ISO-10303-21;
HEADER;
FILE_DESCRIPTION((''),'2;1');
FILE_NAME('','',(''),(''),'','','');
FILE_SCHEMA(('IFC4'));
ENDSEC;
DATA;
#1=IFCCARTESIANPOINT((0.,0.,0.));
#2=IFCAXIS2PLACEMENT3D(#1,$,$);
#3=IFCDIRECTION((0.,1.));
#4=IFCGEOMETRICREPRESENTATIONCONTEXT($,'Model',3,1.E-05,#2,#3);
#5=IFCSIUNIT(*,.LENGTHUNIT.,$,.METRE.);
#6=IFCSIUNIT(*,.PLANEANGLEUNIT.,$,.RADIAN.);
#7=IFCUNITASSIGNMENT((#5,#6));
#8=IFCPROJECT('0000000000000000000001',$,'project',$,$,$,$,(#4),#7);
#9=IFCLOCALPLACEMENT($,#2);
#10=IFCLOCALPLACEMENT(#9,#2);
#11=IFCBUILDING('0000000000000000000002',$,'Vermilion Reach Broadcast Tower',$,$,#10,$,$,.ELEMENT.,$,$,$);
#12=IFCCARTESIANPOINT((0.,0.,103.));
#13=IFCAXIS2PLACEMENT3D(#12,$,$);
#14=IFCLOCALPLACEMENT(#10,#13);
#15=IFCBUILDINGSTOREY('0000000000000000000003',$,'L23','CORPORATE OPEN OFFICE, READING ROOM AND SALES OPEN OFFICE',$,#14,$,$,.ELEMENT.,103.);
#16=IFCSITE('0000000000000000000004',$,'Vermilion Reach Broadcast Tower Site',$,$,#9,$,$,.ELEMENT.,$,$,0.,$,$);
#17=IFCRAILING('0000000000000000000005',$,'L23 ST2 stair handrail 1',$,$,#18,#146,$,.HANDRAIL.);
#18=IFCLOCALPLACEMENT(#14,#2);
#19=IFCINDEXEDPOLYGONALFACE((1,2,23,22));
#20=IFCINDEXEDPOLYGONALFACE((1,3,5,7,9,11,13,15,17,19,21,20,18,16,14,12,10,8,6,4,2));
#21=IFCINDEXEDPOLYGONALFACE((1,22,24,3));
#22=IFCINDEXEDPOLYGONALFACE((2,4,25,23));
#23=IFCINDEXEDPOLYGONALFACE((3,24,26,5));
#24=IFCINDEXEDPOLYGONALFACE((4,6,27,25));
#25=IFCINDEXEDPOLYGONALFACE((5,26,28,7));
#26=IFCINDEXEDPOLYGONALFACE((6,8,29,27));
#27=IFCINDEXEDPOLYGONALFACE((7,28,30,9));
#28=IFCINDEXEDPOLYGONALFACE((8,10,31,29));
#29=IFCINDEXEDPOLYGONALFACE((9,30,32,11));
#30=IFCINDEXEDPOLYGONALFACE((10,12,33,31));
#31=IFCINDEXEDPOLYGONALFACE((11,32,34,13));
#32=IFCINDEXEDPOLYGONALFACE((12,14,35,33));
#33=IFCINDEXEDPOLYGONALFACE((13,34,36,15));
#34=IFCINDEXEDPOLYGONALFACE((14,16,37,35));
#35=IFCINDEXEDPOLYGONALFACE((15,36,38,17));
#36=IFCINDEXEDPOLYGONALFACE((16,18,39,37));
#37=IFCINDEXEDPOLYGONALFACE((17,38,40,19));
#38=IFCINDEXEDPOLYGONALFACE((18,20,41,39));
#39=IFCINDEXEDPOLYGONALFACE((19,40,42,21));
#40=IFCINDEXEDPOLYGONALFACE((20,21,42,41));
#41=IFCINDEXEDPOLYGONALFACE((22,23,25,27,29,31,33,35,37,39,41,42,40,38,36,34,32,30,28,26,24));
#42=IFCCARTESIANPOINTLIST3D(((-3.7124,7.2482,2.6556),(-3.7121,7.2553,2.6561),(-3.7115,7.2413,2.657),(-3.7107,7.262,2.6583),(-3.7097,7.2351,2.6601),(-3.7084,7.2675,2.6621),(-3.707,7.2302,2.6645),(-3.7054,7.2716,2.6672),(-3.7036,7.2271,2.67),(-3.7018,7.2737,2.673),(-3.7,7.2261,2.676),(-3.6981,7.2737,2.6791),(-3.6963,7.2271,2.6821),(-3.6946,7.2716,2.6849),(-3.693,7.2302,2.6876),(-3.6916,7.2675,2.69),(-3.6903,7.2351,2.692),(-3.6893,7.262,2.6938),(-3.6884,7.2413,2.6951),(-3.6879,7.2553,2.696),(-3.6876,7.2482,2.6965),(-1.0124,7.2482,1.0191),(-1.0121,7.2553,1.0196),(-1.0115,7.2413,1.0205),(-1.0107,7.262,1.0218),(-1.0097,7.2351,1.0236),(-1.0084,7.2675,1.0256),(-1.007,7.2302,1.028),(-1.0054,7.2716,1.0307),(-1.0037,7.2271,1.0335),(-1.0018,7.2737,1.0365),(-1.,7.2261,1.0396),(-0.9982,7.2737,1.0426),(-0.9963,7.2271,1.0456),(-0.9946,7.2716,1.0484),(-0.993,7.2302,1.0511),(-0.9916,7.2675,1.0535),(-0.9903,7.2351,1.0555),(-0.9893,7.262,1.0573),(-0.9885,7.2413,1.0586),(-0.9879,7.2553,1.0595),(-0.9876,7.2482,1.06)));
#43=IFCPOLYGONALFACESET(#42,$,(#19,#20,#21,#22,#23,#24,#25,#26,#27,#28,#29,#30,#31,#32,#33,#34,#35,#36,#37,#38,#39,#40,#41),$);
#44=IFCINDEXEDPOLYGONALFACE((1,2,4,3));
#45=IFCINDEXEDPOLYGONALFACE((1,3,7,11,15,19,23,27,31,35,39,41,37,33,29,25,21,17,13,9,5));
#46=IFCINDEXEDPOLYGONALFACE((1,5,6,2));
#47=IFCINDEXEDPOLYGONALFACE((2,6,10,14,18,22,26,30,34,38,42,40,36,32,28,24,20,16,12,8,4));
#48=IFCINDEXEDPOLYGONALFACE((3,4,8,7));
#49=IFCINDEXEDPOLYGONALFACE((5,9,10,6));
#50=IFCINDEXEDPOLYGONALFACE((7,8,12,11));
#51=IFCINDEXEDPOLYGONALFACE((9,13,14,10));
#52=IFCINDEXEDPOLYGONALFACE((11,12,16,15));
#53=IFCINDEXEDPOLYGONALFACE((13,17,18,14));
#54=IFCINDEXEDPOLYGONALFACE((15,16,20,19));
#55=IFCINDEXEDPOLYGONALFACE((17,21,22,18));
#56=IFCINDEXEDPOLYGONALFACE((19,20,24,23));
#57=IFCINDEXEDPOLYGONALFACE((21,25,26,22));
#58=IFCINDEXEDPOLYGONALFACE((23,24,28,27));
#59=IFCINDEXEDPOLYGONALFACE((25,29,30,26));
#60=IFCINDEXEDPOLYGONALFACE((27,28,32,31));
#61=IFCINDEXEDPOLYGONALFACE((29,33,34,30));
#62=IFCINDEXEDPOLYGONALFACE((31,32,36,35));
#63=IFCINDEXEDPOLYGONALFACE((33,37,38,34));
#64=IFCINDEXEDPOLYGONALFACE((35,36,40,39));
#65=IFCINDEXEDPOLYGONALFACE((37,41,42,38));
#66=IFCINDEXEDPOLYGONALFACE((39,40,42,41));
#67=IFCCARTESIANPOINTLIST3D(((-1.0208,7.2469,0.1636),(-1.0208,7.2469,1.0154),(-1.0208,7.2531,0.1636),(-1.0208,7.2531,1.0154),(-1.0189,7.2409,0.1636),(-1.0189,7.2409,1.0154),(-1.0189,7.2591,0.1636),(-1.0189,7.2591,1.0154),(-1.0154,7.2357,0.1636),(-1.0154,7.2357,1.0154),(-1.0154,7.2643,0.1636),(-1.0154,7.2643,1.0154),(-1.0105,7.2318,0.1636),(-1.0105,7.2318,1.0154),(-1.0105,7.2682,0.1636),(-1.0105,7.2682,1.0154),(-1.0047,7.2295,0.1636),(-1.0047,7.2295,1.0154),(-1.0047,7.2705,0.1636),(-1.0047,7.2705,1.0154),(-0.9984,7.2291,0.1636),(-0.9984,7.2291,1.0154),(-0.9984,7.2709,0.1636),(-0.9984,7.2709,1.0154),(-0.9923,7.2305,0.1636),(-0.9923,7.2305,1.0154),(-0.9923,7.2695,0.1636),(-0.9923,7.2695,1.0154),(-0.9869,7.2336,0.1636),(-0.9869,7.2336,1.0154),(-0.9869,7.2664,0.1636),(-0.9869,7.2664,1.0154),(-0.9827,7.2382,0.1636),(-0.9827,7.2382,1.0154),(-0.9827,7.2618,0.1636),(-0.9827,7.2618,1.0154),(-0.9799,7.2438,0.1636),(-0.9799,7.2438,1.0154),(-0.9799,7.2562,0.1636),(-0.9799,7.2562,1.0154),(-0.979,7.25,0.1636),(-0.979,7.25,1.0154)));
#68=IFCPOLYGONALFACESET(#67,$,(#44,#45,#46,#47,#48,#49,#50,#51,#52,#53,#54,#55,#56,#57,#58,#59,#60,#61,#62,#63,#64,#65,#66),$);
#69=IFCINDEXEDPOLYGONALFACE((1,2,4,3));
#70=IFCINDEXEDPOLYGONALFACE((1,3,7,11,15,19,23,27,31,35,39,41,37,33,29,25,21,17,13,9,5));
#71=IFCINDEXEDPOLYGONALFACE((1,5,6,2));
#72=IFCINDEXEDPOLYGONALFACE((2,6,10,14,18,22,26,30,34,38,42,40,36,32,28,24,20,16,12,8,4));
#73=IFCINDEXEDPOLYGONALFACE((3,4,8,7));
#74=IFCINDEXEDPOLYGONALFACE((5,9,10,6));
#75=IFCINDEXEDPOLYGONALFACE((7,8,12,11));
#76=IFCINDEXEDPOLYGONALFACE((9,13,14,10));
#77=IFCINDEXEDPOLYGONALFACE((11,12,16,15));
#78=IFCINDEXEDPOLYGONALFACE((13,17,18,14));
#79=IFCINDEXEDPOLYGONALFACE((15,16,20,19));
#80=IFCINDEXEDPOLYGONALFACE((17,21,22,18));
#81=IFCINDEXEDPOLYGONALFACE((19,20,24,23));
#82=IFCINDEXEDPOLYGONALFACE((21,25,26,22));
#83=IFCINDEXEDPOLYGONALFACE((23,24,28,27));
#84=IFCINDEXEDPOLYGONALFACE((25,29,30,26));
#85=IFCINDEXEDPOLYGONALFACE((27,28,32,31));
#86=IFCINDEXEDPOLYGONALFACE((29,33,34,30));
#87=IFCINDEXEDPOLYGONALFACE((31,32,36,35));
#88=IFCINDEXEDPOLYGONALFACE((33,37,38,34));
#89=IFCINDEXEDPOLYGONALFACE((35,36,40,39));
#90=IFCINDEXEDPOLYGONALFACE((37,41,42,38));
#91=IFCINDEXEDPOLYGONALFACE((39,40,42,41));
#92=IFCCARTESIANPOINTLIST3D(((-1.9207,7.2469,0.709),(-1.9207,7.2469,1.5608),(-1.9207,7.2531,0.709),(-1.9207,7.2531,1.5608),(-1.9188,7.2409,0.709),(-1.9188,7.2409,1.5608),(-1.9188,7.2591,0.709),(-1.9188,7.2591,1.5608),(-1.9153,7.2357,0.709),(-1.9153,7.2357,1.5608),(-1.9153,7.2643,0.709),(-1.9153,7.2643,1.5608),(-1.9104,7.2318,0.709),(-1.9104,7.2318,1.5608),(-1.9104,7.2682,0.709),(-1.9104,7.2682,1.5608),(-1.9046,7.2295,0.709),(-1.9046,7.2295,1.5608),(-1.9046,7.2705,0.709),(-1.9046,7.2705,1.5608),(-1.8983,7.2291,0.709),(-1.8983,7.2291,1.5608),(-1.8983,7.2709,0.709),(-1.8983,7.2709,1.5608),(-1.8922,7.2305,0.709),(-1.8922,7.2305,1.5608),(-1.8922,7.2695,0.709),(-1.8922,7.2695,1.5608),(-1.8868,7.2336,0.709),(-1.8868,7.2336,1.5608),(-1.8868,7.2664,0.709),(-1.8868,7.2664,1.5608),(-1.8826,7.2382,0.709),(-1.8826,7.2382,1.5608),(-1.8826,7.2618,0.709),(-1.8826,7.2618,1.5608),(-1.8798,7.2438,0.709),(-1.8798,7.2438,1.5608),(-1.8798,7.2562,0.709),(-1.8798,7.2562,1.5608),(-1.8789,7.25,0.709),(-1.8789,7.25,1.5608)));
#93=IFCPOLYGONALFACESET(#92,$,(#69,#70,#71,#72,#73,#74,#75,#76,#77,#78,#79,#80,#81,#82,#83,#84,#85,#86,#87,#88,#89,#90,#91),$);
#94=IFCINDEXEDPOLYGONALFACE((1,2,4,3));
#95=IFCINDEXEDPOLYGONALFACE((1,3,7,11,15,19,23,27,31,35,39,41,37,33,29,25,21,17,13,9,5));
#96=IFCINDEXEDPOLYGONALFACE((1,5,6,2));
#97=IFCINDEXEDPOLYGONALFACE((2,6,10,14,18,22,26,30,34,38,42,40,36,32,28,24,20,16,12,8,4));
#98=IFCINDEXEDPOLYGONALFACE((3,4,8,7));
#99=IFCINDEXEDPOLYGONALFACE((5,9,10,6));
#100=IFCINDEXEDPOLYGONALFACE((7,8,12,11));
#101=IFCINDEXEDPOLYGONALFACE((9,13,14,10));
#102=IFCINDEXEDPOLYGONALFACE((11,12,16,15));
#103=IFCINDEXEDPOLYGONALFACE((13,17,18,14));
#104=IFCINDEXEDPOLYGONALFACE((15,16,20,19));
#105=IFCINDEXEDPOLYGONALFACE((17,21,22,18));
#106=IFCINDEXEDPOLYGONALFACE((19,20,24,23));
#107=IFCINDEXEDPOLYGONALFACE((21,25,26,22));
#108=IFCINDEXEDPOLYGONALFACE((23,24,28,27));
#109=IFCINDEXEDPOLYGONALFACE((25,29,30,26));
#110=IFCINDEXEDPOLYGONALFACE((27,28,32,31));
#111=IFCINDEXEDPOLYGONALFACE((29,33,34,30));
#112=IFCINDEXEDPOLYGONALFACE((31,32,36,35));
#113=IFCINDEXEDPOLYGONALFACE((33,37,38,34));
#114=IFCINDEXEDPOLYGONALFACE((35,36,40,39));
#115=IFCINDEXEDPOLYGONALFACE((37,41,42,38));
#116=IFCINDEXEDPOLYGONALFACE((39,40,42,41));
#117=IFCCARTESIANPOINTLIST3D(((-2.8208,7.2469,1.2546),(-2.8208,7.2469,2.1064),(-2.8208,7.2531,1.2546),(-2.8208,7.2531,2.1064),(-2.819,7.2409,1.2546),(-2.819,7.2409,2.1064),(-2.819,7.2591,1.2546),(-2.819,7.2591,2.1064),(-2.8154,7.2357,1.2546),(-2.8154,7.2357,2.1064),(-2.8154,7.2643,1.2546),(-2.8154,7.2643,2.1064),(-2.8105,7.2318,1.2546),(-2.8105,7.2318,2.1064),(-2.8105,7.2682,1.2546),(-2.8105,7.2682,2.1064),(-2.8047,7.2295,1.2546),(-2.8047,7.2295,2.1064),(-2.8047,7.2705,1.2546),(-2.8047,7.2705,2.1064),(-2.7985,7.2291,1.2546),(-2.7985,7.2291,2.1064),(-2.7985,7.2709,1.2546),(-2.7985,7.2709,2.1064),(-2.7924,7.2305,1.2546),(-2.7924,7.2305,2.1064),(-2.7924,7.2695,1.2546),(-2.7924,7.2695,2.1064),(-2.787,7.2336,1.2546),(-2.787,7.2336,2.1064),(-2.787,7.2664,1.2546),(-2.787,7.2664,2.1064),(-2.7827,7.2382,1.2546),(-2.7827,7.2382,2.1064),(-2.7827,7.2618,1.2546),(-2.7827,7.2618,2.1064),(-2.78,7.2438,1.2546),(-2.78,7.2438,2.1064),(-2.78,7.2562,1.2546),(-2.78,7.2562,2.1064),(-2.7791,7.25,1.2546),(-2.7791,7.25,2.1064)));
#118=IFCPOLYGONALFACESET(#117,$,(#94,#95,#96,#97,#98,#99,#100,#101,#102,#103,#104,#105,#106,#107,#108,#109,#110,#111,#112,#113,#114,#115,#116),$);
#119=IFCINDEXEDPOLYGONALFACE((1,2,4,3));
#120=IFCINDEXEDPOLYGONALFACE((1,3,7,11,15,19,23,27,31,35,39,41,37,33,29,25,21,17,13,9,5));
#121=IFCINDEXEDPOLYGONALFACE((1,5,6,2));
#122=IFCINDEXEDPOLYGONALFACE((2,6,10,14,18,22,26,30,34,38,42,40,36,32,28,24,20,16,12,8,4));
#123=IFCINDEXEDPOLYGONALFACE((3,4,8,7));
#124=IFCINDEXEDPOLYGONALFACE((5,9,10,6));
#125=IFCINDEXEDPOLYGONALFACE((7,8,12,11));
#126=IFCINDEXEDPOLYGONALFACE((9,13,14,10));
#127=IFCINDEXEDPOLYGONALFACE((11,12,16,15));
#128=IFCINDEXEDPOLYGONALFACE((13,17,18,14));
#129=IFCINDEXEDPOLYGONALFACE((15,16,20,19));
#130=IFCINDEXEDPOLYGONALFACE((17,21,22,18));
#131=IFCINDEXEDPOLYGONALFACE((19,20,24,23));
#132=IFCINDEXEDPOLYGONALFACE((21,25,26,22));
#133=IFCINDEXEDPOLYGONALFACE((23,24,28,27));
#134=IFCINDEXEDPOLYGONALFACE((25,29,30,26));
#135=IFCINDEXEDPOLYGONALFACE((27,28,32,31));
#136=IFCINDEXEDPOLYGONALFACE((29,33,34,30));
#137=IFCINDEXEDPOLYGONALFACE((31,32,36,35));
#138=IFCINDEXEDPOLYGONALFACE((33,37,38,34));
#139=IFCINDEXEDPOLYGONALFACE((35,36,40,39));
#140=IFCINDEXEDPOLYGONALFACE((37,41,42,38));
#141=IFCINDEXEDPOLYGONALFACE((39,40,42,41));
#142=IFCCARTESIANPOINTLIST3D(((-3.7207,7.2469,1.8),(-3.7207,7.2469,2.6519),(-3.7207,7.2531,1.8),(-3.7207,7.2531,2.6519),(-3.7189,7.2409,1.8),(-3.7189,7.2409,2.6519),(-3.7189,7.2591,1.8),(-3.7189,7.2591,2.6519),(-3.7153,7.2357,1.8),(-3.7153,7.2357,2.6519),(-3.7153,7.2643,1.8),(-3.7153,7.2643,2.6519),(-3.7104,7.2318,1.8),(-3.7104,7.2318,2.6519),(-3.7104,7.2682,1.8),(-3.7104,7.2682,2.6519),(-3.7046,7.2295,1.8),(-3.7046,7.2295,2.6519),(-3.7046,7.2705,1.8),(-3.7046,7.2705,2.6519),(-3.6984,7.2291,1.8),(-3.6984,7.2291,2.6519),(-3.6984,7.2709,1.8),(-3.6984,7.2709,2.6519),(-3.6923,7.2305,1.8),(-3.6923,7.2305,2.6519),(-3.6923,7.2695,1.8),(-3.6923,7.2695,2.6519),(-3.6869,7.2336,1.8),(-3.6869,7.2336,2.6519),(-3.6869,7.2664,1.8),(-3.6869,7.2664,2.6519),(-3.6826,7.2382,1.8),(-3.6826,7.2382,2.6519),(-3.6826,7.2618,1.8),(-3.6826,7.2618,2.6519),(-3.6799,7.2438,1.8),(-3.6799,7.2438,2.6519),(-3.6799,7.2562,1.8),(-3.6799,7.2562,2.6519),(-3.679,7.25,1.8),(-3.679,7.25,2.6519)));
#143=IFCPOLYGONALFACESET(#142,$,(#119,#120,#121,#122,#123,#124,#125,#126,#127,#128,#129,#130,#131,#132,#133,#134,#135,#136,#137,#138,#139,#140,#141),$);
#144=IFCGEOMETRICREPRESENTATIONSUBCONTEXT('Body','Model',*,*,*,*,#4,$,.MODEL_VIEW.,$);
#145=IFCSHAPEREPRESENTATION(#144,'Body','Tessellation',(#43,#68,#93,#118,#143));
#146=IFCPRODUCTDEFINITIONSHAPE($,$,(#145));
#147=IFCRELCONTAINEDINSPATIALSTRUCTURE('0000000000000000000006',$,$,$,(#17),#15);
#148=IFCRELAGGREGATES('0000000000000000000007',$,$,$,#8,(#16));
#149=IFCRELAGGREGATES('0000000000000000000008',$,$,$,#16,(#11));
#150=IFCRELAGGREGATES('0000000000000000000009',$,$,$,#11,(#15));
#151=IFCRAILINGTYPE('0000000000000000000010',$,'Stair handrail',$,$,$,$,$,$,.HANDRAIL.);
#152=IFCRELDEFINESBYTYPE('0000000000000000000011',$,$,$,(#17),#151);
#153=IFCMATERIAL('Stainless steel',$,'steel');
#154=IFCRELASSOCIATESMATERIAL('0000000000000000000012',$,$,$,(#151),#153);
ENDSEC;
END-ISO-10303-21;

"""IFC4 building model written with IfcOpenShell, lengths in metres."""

from ifc_helpers import new_model, si_unit, direction, frame, origin, origin_2d, place, context, subcontext, project, spatial, circle, extrude, material, type_object, element, save


model = new_model("IFC4")

# Units and contexts
model_context = context("Model", 3, precision=1e-05, world=origin(), true_north=direction((0.0, 1.0)))
body_context = subcontext(model_context, "Body", "Model", "MODEL_VIEW")
ifc_project = project(units=[si_unit("LENGTHUNIT", "METRE"), si_unit("PLANEANGLEUNIT", "RADIAN")], contexts=[model_context])

# Site, building, storey
site_placement = place(None, origin())
site = spatial("IfcSite", under=ifc_project, at=site_placement, Name="Vermilion Reach Broadcast Tower Site", CompositionType="ELEMENT", RefElevation=0.0)
building_placement = place(site_placement, origin())
building = spatial("IfcBuilding", under=site, at=building_placement, Name="Vermilion Reach Broadcast Tower", CompositionType="ELEMENT")
storey_placement = place(building_placement, frame((0.0, 0.0, 103.0)))
storey = spatial("IfcBuildingStorey", under=building, at=storey_placement, Name="L23", Description="CORPORATE OPEN OFFICE, READING ROOM AND SALES OPEN OFFICE", CompositionType="ELEMENT", Elevation=103.0)

# Railing
ifc_material_1 = material(Name="Stainless steel", Category="steel")
railing_type_1 = type_object("IfcRailingType", Name="Stair handrail", PredefinedType="HANDRAIL", material=ifc_material_1)
railing_1_placement = place(storey_placement, frame((-1.0, 7.25, 0.1636)))
element("IfcRailing", 1, at=railing_1_placement, inside=storey, type_object=railing_type_1, Name="L23 ST2 stair handrail 1", PredefinedType="HANDRAIL", context=body_context, shape_type="SweptSolid", body=[
    extrude(circle(Radius=0.0239, at=origin_2d()), frame((0.0, 0.0, 0.876), z_axis=(-0.855178, 0.0, 0.518334), x_axis=(0.0, -1.0, 0.0)), (0.0, 0.0, 1.0), 3.1572),
    extrude(circle(Radius=0.021, at=origin_2d()), origin(), (0.0, 0.0, 1.0), 0.8518),
    extrude(circle(Radius=0.021, at=origin_2d()), frame((-0.8999, 0.0, 0.5454)), (0.0, 0.0, 1.0), 0.8518),
    extrude(circle(Radius=0.021, at=origin_2d()), frame((-1.8, 0.0, 1.0911)), (0.0, 0.0, 1.0), 0.8518),
    extrude(circle(Radius=0.021, at=origin_2d()), frame((-2.7, 0.0, 1.6365)), (0.0, 0.0, 1.0), 0.8518),
])

save(model, "model.ifc")
